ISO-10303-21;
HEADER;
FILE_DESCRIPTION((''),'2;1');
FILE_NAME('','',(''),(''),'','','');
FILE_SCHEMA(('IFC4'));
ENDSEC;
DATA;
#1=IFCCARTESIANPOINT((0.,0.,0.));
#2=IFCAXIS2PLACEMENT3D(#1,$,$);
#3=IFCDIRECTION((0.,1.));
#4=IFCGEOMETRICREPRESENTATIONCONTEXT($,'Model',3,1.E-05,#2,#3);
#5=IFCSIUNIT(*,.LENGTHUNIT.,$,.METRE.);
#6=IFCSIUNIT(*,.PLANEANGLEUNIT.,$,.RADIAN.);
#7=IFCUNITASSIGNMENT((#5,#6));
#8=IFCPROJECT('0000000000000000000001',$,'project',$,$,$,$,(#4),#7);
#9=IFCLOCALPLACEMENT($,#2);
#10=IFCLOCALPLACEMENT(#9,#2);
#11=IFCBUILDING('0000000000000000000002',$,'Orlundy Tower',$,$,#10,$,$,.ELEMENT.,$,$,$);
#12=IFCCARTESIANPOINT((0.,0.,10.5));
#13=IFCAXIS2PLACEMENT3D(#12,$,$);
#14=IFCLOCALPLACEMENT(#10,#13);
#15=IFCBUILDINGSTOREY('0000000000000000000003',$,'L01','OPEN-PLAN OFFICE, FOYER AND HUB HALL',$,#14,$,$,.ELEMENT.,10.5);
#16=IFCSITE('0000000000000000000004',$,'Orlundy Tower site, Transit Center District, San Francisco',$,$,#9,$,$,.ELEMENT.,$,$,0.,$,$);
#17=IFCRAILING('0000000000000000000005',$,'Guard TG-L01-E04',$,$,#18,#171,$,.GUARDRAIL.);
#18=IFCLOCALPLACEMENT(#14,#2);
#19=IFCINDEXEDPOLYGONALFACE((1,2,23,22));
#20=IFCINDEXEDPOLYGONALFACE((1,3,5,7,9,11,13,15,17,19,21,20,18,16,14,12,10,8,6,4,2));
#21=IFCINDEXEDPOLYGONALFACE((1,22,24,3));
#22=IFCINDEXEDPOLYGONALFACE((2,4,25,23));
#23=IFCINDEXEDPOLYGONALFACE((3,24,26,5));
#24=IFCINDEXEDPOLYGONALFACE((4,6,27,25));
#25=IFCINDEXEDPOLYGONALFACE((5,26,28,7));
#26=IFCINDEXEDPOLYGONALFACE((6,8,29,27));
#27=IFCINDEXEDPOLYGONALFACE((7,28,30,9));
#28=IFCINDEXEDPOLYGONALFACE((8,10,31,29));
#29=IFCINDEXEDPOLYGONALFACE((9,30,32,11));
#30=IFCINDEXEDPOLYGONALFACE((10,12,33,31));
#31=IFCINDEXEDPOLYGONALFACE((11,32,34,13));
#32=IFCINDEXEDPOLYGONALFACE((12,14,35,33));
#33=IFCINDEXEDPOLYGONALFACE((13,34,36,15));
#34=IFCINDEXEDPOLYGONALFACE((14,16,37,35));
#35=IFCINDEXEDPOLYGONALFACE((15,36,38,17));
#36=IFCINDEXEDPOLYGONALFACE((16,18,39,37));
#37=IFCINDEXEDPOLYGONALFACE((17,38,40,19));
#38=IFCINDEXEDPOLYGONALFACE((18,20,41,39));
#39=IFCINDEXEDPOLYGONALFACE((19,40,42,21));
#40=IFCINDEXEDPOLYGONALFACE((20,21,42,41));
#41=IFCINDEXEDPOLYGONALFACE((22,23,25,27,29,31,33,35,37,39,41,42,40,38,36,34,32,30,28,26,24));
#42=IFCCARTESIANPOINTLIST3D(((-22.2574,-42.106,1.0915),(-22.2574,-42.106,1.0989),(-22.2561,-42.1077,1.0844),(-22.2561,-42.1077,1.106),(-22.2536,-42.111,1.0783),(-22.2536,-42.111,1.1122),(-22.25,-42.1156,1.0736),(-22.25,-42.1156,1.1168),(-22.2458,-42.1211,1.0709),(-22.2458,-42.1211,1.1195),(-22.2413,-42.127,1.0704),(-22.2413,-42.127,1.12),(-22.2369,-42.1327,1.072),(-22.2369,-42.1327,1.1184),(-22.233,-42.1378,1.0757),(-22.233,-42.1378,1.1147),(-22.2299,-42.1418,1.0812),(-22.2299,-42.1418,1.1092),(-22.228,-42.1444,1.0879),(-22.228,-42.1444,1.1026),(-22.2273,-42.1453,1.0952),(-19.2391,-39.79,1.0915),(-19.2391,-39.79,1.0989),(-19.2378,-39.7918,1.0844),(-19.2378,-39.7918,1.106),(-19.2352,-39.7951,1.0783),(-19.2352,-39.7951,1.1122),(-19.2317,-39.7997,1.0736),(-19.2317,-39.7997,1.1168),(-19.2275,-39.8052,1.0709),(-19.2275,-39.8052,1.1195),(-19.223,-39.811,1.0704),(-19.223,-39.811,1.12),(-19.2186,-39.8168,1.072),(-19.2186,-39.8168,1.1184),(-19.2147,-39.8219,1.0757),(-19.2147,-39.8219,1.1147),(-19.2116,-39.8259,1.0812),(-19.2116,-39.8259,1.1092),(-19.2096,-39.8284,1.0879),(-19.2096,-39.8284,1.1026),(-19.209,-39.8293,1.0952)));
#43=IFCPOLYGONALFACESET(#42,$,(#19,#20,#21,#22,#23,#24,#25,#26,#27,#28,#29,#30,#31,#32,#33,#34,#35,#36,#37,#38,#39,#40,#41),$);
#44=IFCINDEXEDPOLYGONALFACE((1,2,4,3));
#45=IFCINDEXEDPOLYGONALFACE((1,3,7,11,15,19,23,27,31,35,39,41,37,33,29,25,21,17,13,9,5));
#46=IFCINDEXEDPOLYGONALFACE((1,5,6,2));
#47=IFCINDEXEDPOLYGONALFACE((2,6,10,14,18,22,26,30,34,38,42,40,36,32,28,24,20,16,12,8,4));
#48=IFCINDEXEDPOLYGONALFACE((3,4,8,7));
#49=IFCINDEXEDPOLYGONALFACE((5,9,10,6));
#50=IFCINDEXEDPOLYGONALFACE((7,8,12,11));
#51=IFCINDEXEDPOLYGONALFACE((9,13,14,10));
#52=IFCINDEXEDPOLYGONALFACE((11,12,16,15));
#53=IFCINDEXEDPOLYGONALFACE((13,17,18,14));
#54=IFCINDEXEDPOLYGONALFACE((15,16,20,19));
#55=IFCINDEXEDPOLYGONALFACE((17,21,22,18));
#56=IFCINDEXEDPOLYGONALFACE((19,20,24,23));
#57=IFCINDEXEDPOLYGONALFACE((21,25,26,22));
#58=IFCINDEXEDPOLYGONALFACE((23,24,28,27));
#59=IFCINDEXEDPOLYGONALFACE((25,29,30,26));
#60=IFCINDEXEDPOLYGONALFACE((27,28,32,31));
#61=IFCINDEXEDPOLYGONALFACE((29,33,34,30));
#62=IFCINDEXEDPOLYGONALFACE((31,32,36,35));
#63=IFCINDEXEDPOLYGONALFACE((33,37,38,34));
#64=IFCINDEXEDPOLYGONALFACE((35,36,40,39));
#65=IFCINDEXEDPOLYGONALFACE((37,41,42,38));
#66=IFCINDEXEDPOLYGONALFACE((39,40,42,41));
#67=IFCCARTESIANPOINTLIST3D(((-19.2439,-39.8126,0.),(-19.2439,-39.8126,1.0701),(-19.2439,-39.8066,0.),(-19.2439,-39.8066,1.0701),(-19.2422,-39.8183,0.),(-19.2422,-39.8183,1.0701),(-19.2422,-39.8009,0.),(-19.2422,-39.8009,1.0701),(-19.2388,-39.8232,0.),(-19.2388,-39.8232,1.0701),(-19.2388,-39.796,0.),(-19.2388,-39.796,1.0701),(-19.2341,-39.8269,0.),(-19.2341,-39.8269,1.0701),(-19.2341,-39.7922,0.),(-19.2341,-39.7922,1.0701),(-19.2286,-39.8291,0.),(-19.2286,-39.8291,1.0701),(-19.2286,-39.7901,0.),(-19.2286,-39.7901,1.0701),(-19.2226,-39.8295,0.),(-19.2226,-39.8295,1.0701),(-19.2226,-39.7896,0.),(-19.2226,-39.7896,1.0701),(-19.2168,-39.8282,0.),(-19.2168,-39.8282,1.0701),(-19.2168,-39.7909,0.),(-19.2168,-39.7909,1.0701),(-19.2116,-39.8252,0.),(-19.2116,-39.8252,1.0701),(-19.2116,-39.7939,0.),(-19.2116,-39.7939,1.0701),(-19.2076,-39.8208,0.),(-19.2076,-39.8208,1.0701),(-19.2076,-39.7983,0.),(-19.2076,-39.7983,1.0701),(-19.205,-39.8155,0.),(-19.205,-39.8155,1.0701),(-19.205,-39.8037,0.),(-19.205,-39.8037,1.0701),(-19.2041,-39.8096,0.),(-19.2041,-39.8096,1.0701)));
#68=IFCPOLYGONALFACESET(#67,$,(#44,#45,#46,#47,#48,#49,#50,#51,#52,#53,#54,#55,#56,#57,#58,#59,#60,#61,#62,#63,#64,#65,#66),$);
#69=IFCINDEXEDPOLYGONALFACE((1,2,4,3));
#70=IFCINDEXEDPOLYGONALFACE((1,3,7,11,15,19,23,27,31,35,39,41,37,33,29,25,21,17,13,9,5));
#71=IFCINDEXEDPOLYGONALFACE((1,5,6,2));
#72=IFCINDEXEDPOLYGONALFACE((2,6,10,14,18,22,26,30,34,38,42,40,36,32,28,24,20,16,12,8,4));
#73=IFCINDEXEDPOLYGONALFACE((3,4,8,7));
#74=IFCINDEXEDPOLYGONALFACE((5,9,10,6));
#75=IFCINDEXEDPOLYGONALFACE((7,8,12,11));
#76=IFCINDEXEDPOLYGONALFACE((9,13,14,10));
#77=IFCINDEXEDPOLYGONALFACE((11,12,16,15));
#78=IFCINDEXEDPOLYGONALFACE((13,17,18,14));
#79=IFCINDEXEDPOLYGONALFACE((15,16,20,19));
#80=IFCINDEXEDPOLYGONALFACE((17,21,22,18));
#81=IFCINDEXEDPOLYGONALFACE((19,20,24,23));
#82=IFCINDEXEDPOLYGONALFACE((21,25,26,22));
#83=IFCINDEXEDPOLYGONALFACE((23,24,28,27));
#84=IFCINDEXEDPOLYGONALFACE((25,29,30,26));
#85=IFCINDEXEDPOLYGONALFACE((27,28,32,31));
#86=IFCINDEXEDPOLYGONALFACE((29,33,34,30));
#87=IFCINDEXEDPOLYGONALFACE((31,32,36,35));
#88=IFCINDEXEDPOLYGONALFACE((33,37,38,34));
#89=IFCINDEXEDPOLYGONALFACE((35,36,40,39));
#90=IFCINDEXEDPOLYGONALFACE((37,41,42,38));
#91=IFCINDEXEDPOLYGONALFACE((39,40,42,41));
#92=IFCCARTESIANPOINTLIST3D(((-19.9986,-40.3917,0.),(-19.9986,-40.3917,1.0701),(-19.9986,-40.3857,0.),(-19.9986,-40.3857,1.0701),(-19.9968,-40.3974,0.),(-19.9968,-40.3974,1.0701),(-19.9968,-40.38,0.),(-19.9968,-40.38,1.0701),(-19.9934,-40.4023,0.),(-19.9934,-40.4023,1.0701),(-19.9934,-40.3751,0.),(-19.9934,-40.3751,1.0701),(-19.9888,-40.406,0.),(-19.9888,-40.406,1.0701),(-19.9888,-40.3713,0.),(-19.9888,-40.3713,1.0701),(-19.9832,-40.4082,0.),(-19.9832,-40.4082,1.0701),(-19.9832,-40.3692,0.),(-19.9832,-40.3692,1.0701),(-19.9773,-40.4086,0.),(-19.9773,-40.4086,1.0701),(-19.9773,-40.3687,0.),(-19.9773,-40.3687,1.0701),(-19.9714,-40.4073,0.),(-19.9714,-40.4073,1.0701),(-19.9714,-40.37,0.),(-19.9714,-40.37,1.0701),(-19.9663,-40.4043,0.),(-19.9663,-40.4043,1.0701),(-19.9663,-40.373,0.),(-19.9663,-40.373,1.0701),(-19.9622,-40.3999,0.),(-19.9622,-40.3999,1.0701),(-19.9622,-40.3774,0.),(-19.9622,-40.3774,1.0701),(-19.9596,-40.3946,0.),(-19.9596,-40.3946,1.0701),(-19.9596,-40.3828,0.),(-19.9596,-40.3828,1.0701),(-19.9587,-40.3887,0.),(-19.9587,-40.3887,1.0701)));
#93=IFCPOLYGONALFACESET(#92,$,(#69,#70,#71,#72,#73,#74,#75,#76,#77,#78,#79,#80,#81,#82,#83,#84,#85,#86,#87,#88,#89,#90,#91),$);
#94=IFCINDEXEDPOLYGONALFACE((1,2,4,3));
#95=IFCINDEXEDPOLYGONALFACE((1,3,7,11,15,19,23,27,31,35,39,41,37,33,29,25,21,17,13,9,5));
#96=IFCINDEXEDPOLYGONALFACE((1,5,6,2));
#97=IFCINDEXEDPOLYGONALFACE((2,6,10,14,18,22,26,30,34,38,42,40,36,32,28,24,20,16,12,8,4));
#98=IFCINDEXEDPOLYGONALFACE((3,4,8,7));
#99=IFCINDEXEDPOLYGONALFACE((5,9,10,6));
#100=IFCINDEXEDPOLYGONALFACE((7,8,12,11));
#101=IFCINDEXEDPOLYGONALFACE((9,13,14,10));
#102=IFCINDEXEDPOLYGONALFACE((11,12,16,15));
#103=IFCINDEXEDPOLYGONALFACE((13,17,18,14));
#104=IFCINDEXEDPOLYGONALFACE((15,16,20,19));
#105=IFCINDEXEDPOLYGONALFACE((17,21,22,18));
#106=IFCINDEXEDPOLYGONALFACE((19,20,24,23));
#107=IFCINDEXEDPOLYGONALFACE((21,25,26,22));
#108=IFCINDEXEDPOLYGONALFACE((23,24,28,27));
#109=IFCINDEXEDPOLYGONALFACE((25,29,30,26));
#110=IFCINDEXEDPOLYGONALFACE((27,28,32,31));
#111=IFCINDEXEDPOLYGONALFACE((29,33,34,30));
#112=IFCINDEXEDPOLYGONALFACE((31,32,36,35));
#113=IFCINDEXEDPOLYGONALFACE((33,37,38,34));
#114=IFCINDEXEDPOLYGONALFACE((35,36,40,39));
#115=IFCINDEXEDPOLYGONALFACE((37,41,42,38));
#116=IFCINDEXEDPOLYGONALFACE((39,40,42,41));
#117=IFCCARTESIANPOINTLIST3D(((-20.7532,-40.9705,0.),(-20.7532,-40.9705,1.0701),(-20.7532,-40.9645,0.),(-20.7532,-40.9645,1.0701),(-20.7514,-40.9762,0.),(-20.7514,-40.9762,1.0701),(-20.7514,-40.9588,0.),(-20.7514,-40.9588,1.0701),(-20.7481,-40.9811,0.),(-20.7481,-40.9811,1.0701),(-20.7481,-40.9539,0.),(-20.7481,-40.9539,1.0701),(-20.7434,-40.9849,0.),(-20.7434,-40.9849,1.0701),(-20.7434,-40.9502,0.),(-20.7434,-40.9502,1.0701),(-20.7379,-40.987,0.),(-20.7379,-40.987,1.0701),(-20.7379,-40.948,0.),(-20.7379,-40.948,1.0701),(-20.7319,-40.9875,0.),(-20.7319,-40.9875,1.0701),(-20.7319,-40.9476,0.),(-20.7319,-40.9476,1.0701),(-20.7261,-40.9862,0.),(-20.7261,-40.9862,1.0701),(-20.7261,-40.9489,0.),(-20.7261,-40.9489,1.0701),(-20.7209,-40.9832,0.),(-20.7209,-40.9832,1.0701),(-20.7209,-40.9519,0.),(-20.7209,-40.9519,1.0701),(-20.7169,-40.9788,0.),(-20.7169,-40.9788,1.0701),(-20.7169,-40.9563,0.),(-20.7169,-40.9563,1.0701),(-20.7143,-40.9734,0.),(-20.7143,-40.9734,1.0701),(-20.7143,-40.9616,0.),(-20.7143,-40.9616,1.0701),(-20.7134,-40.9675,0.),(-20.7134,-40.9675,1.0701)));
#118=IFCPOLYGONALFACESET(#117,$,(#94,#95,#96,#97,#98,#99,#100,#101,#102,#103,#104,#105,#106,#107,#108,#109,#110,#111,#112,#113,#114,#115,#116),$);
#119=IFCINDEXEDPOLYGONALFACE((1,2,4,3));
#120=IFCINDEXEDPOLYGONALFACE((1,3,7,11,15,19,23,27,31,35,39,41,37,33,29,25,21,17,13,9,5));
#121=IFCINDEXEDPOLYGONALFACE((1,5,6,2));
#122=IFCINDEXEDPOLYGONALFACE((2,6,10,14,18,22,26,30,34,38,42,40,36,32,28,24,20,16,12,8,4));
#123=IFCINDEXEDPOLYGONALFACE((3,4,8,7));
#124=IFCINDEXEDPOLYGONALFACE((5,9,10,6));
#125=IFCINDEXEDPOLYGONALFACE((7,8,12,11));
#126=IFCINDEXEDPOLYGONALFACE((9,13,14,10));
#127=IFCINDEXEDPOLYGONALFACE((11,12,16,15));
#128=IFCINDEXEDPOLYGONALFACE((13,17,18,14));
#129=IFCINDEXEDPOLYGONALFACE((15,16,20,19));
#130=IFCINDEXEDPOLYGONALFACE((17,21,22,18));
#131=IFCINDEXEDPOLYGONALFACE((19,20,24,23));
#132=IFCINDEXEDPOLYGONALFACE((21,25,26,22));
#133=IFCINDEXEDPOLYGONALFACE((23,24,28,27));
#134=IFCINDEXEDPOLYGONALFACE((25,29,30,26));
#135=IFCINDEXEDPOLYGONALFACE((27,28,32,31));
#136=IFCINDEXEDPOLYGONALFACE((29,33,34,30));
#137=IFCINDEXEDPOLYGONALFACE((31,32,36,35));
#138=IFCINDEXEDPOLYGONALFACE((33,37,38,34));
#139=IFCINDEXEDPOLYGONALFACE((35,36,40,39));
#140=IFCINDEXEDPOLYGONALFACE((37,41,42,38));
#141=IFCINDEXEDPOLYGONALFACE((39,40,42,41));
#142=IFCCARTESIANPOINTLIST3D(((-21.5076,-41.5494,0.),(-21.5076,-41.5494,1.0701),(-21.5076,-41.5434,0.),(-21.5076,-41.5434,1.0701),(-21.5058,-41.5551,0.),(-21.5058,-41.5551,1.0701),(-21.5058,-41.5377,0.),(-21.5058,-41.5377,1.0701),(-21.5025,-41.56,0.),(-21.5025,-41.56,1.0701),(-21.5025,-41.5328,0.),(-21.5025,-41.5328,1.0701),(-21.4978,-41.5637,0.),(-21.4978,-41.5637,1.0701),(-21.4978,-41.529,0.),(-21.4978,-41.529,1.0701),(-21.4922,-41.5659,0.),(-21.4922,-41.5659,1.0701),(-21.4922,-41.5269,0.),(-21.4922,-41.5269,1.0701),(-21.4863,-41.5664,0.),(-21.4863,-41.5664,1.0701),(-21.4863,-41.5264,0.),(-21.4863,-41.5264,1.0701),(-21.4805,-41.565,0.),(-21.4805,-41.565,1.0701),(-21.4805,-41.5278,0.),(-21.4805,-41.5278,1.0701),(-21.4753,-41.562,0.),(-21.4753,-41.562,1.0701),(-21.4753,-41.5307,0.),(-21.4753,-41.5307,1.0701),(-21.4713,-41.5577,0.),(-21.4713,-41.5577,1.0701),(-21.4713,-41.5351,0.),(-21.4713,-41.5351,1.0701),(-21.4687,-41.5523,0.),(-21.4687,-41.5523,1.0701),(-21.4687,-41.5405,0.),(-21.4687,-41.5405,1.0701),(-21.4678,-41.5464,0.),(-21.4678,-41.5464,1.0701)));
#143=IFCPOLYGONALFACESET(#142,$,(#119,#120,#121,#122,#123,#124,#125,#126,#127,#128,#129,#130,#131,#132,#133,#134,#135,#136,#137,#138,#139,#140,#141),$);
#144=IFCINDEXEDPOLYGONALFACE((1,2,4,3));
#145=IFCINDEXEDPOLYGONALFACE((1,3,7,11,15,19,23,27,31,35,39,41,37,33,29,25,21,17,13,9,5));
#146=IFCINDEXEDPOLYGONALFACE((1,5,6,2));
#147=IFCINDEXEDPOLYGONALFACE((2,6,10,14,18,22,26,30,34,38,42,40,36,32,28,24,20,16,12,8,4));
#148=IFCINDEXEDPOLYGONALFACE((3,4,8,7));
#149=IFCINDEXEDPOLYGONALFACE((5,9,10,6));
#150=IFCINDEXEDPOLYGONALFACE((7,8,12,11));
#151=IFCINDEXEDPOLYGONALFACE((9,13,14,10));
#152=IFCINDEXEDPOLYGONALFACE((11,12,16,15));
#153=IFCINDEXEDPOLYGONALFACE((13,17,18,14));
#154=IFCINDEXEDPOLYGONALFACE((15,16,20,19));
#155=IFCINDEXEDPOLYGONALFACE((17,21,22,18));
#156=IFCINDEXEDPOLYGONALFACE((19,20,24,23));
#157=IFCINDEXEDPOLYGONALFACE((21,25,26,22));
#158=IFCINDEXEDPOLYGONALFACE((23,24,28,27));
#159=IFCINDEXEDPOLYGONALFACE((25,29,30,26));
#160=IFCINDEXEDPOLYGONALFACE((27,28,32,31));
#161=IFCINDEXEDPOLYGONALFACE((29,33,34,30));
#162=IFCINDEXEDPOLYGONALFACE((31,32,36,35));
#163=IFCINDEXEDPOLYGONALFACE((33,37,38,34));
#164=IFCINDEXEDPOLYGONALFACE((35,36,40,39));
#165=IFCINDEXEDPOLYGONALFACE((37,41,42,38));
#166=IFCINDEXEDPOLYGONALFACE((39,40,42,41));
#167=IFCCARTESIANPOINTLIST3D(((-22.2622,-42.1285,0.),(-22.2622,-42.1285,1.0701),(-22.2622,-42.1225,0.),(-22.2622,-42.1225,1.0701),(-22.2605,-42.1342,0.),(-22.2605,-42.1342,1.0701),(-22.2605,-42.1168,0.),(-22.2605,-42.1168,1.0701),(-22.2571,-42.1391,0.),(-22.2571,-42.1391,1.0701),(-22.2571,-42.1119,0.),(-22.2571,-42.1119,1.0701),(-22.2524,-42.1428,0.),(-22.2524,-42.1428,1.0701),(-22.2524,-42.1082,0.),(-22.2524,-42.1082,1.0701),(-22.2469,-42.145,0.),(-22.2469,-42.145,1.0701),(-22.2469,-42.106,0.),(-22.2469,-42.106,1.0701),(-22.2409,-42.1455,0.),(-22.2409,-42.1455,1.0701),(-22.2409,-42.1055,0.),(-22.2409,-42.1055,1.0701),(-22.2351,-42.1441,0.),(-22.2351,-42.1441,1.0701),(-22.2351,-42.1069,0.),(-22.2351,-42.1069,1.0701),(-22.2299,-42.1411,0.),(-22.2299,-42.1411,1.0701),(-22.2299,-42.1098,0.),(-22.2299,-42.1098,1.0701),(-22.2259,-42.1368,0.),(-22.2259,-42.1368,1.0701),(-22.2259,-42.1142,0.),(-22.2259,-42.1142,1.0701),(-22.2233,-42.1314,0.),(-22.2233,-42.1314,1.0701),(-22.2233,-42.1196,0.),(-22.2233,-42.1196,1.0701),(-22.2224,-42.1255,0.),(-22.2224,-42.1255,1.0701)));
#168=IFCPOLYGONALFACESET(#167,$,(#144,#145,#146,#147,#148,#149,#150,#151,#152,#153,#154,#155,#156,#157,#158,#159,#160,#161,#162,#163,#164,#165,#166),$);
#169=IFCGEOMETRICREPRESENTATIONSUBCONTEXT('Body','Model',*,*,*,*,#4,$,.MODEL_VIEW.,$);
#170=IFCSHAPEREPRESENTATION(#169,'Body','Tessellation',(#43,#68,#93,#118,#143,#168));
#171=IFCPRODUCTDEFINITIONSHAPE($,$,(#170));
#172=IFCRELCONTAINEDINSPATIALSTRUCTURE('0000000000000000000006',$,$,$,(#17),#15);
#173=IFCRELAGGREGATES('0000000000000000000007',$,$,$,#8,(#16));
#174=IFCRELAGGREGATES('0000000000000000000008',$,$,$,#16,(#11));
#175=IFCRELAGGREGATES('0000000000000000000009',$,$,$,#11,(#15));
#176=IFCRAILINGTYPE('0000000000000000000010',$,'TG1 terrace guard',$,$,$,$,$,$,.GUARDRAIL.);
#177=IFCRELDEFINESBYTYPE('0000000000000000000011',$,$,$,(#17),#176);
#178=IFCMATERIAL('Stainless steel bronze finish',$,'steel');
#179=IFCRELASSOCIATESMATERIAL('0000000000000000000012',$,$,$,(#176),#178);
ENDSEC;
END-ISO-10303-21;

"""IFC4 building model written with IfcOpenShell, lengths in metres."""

from ifc_helpers import new_model, si_unit, direction, frame, origin, origin_2d, place, context, subcontext, project, spatial, circle, extrude, material, type_object, element, save


model = new_model("IFC4")

# Units and contexts
model_context = context("Model", 3, precision=1e-05, world=origin(), true_north=direction((0.0, 1.0)))
body_context = subcontext(model_context, "Body", "Model", "MODEL_VIEW")
ifc_project = project(units=[si_unit("LENGTHUNIT", "METRE"), si_unit("PLANEANGLEUNIT", "RADIAN")], contexts=[model_context])

# Site, building, storey
site_placement = place(None, origin())
site = spatial("IfcSite", under=ifc_project, at=site_placement, Name="Orlundy Tower site, Transit Center District, San Francisco", CompositionType="ELEMENT", RefElevation=0.0)
building_placement = place(site_placement, origin())
building = spatial("IfcBuilding", under=site, at=building_placement, Name="Orlundy Tower", CompositionType="ELEMENT")
storey_placement = place(building_placement, frame((0.0, 0.0, 10.5)))
storey = spatial("IfcBuildingStorey", under=building, at=storey_placement, Name="L01", Description="OPEN-PLAN OFFICE, FOYER AND HUB HALL", CompositionType="ELEMENT", Elevation=10.5)

# Railing
ifc_material_1 = material(Name="Stainless steel bronze finish", Category="steel")
railing_type = type_object("IfcRailingType", Name="TG1 terrace guard", PredefinedType="GUARDRAIL", material=ifc_material_1)
railing_1_placement = place(storey_placement, frame((-19.2241, -39.8096, 0.0)))
element("IfcRailing", 1, at=railing_1_placement, inside=storey, type_object=railing_type, Name="Guard TG-L01-E04", PredefinedType="GUARDRAIL", context=body_context, shape_type="SweptSolid", body=[
    extrude(circle(Radius=0.0249, at=origin_2d()), frame((0.0, 0.0, 1.0952), z_axis=(-0.793368, -0.608743, 0.0), x_axis=(0.608743, -0.793368, 0.0)), (0.0, 0.0, 1.0), 3.8044),
    extrude(circle(Radius=0.02, at=origin_2d()), origin(), (0.0, 0.0, 1.0), 1.0701),
    extrude(circle(Radius=0.02, at=origin_2d()), frame((-0.7546, -0.5791, 0.0)), (0.0, 0.0, 1.0), 1.0701),
    extrude(circle(Radius=0.02, at=origin_2d()), frame((-1.5093, -1.158, 0.0)), (0.0, 0.0, 1.0), 1.0701),
    extrude(circle(Radius=0.02, at=origin_2d()), frame((-2.2637, -1.7368, 0.0)), (0.0, 0.0, 1.0), 1.0701),
    extrude(circle(Radius=0.02, at=origin_2d()), frame((-3.0183, -2.3159, 0.0)), (0.0, 0.0, 1.0), 1.0701),
])

save(model, "model.ifc")
